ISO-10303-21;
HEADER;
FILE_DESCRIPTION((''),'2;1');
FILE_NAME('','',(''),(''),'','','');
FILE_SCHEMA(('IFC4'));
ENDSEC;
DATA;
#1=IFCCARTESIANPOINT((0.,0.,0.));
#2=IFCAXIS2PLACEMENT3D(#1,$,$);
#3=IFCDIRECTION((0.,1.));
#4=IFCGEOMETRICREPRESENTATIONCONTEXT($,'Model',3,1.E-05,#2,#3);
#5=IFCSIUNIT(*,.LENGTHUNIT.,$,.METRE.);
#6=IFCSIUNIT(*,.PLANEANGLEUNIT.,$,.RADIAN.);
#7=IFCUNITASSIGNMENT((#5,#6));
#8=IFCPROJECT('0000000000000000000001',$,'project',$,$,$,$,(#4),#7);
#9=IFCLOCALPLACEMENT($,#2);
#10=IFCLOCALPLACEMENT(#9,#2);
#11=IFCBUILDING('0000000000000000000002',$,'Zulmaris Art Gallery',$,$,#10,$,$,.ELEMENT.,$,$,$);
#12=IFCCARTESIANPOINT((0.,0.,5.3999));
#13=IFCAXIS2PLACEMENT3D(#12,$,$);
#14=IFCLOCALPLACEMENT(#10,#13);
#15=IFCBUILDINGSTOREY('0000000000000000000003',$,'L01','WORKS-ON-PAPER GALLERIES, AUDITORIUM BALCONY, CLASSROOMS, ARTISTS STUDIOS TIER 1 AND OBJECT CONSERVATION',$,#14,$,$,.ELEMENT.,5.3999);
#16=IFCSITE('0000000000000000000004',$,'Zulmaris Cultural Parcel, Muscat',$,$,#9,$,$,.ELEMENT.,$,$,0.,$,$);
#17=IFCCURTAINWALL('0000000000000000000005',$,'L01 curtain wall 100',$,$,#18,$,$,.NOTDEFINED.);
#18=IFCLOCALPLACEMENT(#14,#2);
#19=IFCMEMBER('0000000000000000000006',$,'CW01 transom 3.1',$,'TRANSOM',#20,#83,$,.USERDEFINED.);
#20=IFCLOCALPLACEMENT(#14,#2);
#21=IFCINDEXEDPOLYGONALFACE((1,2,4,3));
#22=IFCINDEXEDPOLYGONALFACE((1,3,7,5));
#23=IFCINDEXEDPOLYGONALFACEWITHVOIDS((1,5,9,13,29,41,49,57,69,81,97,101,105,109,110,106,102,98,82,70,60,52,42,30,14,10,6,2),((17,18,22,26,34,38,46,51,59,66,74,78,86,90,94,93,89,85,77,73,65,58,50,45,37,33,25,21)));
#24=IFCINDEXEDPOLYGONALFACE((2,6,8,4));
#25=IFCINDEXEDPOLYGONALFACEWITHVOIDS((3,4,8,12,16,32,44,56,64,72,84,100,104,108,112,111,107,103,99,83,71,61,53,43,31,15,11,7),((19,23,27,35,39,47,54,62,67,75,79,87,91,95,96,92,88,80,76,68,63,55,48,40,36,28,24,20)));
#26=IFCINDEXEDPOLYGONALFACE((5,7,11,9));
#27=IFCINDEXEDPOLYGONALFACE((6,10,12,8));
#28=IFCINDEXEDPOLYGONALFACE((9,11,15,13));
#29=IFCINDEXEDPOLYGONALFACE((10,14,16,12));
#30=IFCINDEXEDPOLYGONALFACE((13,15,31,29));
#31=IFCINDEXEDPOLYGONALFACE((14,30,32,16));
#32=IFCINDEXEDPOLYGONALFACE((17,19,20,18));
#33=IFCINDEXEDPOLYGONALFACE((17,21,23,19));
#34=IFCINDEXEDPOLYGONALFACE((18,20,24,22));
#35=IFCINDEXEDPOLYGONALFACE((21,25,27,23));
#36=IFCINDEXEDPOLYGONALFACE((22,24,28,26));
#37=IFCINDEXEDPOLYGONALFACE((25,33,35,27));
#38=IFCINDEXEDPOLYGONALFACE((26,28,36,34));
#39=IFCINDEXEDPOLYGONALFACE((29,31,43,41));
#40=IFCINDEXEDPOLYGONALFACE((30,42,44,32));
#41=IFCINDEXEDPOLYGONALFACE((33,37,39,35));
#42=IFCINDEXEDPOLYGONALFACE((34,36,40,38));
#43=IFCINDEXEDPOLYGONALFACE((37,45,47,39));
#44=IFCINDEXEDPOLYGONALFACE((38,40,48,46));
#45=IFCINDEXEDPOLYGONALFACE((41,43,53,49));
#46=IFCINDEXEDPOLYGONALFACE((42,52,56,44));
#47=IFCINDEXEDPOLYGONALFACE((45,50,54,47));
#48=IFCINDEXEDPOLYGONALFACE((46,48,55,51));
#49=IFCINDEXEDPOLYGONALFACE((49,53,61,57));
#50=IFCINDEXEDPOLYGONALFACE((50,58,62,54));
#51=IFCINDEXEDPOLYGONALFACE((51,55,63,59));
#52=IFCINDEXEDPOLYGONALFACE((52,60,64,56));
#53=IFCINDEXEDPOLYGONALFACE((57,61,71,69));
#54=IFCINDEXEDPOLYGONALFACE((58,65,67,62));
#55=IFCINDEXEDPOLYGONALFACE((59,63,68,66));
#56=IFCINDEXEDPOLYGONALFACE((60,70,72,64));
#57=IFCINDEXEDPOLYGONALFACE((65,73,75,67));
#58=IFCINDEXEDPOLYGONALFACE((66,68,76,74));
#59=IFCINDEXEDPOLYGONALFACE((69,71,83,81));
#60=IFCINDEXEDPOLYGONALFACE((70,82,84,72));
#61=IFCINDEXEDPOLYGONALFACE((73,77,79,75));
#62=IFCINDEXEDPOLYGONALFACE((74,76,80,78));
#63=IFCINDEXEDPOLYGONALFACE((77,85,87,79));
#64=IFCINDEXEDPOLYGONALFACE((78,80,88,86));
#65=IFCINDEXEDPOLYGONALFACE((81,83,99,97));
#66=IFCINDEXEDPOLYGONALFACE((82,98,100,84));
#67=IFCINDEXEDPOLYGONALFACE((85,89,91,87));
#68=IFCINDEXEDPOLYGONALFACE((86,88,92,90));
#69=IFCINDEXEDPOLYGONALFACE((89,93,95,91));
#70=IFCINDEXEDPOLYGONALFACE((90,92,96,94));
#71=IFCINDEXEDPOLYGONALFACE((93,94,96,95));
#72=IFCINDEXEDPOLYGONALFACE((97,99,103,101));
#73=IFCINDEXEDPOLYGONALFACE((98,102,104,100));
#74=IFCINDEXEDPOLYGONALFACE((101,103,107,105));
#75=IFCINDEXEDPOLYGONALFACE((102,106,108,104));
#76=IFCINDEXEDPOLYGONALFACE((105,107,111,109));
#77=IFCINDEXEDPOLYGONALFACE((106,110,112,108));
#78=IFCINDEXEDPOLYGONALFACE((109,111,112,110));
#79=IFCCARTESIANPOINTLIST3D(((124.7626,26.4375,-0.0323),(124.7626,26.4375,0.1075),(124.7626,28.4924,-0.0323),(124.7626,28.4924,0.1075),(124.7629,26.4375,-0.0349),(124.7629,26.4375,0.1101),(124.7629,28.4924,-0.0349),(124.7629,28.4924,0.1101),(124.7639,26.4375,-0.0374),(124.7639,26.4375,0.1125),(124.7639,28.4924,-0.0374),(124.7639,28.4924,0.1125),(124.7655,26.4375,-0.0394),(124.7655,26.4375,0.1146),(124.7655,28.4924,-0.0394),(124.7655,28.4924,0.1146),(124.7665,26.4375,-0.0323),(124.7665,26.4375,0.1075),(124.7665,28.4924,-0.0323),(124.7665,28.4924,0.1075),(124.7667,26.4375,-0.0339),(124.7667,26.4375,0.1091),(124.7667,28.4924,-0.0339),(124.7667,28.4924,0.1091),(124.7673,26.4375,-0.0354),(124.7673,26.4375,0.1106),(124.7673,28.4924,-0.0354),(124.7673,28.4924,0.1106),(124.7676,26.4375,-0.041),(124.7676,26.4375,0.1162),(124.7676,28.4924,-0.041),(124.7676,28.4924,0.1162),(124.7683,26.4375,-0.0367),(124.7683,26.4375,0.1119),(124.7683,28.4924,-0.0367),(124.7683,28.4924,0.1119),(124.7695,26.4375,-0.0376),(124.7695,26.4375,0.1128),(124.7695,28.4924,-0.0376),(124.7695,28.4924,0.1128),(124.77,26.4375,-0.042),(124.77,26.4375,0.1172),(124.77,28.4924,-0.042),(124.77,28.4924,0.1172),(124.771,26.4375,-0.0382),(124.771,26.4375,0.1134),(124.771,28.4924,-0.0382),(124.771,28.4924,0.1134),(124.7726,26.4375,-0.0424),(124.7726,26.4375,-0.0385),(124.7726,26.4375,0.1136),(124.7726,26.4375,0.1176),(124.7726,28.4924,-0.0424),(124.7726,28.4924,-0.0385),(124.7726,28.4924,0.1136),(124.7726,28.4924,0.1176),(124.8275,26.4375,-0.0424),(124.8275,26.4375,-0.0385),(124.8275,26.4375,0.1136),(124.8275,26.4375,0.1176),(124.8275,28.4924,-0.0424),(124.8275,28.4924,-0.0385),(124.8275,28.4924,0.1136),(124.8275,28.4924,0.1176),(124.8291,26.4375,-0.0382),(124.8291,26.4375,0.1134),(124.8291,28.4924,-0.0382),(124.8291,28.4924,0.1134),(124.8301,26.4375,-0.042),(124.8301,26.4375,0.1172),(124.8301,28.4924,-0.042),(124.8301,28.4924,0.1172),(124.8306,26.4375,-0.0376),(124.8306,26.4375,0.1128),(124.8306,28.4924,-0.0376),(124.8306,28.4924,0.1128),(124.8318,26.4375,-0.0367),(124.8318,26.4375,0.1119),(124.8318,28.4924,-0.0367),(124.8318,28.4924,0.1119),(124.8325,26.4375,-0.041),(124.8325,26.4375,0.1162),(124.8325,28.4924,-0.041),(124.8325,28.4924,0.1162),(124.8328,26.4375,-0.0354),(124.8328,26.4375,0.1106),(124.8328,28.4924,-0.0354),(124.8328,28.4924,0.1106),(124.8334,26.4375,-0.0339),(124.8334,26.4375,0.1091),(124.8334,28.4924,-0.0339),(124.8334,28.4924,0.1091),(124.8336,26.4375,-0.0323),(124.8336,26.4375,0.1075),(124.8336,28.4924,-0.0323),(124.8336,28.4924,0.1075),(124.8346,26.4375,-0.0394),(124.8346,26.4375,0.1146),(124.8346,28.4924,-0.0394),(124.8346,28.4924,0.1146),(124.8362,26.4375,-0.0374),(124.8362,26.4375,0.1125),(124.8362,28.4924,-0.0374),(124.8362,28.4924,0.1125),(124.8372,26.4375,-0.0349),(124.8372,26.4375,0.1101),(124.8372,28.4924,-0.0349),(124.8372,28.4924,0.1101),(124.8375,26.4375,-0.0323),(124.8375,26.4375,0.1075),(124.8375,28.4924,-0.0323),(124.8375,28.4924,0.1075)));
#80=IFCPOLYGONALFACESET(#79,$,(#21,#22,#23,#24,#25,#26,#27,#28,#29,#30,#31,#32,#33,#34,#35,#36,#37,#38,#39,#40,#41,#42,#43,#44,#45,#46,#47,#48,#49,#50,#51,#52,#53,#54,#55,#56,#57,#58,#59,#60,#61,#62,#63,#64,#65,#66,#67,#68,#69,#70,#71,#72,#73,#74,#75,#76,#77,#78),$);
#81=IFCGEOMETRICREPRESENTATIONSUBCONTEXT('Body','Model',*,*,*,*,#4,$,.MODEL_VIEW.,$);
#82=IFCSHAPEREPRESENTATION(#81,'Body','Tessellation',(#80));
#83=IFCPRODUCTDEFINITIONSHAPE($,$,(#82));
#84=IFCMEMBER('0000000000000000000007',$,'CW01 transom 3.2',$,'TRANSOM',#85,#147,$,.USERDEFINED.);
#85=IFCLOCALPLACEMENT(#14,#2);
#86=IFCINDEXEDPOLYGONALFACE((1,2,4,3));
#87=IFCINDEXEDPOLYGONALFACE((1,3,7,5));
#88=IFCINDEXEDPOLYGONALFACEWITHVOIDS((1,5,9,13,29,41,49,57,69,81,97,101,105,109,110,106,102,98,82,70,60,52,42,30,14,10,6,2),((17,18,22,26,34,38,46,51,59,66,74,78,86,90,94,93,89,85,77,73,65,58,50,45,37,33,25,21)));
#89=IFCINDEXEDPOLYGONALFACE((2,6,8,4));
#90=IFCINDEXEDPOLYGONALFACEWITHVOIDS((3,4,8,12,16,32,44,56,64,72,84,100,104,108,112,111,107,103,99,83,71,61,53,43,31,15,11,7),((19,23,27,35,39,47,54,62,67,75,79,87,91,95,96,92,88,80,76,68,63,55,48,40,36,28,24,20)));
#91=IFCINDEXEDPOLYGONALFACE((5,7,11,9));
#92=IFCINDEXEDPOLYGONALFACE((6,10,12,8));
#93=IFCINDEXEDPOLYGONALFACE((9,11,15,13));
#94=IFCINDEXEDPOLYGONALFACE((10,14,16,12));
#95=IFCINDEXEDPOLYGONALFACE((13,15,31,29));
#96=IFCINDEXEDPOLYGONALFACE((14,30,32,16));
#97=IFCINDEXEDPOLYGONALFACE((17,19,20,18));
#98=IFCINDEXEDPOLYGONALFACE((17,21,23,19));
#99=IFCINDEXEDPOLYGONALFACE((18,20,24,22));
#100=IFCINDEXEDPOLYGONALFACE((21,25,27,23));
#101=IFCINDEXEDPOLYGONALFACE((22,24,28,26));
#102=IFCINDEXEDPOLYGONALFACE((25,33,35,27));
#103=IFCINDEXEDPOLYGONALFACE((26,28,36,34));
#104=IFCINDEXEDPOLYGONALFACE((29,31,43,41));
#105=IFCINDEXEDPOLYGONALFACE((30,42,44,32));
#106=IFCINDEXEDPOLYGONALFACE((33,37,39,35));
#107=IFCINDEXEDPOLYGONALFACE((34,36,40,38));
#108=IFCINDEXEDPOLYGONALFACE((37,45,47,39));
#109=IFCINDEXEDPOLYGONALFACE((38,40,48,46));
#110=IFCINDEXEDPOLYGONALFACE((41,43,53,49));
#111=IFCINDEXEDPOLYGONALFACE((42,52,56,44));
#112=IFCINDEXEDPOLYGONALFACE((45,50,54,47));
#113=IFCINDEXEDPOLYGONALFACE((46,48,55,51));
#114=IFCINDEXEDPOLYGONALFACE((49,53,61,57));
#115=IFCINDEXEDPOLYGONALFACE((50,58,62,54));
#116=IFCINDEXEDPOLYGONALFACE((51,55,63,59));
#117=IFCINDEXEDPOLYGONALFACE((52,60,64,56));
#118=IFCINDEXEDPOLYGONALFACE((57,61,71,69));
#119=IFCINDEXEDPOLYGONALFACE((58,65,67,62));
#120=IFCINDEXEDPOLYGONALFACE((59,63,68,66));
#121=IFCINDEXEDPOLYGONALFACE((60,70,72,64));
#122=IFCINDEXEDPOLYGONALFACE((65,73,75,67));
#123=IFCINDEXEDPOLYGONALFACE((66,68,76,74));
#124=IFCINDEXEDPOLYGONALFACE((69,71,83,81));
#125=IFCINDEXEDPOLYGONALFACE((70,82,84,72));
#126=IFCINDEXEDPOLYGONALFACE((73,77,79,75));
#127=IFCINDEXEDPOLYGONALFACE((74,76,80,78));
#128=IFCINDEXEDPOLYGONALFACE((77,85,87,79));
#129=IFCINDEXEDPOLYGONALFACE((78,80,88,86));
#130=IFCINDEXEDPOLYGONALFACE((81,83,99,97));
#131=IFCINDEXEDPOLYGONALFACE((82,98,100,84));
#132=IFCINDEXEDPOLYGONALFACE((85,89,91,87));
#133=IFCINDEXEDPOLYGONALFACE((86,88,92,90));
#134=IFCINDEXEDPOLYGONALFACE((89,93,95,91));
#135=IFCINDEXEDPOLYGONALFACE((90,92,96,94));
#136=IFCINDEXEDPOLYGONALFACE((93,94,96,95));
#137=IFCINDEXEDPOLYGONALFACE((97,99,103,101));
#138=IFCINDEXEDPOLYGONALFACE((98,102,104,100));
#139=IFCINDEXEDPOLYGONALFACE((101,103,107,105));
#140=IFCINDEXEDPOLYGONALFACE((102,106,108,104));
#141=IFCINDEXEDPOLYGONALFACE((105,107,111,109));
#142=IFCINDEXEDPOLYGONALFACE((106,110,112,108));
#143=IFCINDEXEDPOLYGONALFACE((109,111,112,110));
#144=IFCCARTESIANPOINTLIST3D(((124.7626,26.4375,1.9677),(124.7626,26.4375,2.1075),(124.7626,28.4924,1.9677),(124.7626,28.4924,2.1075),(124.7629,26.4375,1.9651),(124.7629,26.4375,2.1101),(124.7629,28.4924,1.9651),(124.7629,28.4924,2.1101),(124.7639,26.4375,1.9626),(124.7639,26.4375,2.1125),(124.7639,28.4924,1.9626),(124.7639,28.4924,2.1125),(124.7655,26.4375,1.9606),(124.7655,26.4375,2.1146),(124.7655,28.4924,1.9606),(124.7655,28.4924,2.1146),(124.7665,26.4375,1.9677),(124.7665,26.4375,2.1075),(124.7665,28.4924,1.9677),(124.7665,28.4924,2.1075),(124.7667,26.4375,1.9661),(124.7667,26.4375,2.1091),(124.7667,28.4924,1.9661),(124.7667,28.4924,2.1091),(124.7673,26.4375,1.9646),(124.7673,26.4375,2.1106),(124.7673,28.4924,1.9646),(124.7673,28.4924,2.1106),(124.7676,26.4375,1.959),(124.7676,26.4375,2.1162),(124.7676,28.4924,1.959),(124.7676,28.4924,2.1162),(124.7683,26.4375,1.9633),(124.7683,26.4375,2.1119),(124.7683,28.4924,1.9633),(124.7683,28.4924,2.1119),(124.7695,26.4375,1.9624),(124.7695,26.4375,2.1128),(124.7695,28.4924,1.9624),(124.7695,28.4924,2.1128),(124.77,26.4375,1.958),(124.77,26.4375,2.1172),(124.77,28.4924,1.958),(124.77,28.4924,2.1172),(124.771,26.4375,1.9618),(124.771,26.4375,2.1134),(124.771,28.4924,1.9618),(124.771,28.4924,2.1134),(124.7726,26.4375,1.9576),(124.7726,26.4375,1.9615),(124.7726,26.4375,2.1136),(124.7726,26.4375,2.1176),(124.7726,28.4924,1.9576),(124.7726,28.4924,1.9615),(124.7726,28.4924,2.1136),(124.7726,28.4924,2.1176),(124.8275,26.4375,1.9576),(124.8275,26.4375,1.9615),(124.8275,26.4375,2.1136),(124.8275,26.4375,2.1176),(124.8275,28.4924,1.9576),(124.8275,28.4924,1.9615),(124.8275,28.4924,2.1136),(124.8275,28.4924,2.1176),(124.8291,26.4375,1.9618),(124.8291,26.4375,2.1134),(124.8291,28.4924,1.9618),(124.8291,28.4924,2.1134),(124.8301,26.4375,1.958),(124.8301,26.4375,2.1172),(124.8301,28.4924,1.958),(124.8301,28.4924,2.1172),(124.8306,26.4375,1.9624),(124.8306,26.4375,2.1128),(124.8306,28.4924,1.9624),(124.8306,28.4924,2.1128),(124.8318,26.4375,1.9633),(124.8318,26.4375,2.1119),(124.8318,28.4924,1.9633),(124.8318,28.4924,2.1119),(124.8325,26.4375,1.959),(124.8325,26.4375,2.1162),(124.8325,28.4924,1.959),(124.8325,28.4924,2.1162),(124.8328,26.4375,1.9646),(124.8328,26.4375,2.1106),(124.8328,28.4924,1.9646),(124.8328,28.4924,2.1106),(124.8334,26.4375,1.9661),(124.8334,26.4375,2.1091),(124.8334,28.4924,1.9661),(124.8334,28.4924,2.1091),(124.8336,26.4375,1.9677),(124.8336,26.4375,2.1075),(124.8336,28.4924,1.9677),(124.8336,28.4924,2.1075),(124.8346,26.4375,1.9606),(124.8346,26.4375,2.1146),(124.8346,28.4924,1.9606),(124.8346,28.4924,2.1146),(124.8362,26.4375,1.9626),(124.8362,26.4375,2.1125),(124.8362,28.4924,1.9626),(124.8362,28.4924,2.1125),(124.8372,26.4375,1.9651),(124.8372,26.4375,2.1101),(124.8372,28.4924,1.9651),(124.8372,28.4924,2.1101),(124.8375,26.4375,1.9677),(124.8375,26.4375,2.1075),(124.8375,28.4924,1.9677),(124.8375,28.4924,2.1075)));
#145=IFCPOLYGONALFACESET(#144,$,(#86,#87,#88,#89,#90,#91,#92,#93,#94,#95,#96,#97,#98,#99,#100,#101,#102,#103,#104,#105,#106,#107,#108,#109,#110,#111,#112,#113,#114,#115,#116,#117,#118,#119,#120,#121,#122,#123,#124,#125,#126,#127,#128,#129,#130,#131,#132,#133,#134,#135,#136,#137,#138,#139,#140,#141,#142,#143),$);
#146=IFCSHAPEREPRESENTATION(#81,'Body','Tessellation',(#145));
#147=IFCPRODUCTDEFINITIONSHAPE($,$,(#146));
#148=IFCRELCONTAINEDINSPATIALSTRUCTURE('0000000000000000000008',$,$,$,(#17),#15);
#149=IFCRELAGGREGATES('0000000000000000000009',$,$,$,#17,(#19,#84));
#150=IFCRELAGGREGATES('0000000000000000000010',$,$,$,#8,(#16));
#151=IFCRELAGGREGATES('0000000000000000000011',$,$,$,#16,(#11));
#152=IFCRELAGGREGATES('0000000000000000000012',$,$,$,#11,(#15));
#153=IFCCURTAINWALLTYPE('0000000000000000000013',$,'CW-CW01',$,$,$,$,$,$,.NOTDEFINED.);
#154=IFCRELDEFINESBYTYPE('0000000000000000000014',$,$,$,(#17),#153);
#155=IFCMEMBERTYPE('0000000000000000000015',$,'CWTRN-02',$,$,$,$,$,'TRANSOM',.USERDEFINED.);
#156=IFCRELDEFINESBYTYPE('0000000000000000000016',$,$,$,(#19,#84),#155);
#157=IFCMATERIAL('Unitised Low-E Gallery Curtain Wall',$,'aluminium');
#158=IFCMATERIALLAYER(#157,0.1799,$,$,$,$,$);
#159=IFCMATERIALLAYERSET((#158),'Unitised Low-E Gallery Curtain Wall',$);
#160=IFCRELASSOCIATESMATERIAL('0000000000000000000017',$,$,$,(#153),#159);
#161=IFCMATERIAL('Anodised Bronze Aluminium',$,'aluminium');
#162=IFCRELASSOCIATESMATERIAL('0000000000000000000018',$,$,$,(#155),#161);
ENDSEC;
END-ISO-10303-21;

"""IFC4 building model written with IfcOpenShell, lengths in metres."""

from ifc_helpers import new_model, si_unit, direction, frame, origin, origin_2d, place, context, subcontext, project, spatial, hollow_rectangle, extrude, material, layer, layer_set, material_profile, profile_set, type_object, element, aggregate, save


model = new_model("IFC4")

# Units and contexts
model_context = context("Model", 3, precision=1e-05, world=origin(), true_north=direction((0.0, 1.0)))
body_context = subcontext(model_context, "Body", "Model", "MODEL_VIEW")
ifc_project = project(units=[si_unit("LENGTHUNIT", "METRE"), si_unit("PLANEANGLEUNIT", "RADIAN")], contexts=[model_context])

# Site, building, storey
site_placement = place(None, origin())
site = spatial("IfcSite", under=ifc_project, at=site_placement, Name="Zulmaris Cultural Parcel, Muscat", CompositionType="ELEMENT", RefElevation=0.0)
building_placement = place(site_placement, origin())
building = spatial("IfcBuilding", under=site, at=building_placement, Name="Zulmaris Art Gallery", CompositionType="ELEMENT")
storey_placement = place(building_placement, frame((0.0, 0.0, 5.3999)))
storey = spatial("IfcBuildingStorey", under=building, at=storey_placement, Name="L01", Description="WORKS-ON-PAPER GALLERIES, AUDITORIUM BALCONY, CLASSROOMS, ARTISTS STUDIOS TIER 1 AND OBJECT CONSERVATION", CompositionType="ELEMENT", Elevation=5.3999)

# Curtain wall, members
ifc_material_1 = material(Name="Unitised Low-E Gallery Curtain Wall", Category="aluminium")
ifc_layer_1 = layer(ifc_material_1, 0.1799)
ifc_layer_set_1 = layer_set([ifc_layer_1], Name="Unitised Low-E Gallery Curtain Wall")
curtain_wall_type = type_object("IfcCurtainWallType", Name="CW-CW01", PredefinedType="NOTDEFINED", material=ifc_layer_set_1)
curtain_wall_placement = place(storey_placement, origin())
curtain_wall = element("IfcCurtainWall", 1, at=curtain_wall_placement, inside=storey, type_object=curtain_wall_type, Name="L01 curtain wall 100", PredefinedType="NOTDEFINED")
ifc_material_2 = material(Name="Anodised Bronze Aluminium", Category="aluminium")
ifc_material_profile_1 = material_profile(ifc_material_2, hollow_rectangle(XDim=0.075, YDim=0.1599, WallThickness=0.0039, InnerFilletRadius=0.0061, OuterFilletRadius=0.01, at=origin_2d()), Name="ALU 75x160x4")
ifc_profile_set_1 = profile_set([ifc_material_profile_1], Name="Anodised Bronze Aluminium")
member_type_1 = type_object("IfcMemberType", Name="CWTRN-02", ElementType="TRANSOM", PredefinedType="USERDEFINED", material=ifc_profile_set_1)
member_1_placement = place(storey_placement, frame((124.8, 26.4375, 0.0376), z_axis=(0.0, 1.0, 0.0), x_axis=(-1.0, 0.0, 0.0)))
member_1 = element("IfcMember", 2, at=member_1_placement, type_object=member_type_1, Name="CW01 transom 3.1", ObjectType="TRANSOM", PredefinedType="USERDEFINED", context=body_context, shape_type="SweptSolid", body=[
    extrude(hollow_rectangle(XDim=0.075, YDim=0.1599, WallThickness=0.0039, InnerFilletRadius=0.0061, OuterFilletRadius=0.01, at=origin_2d()), origin(), (0.0, 0.0, 1.0), 2.0549),
])
member_2_placement = place(storey_placement, frame((124.8, 26.4375, 2.0376), z_axis=(0.0, 1.0, 0.0), x_axis=(-1.0, 0.0, 0.0)))
member_2 = element("IfcMember", 3, at=member_2_placement, type_object=member_type_1, Name="CW01 transom 3.2", ObjectType="TRANSOM", PredefinedType="USERDEFINED", context=body_context, shape_type="SweptSolid", body=[
    extrude(hollow_rectangle(XDim=0.075, YDim=0.1599, WallThickness=0.0039, InnerFilletRadius=0.0061, OuterFilletRadius=0.01, at=origin_2d()), origin(), (0.0, 0.0, 1.0), 2.0549),
])
aggregate(curtain_wall, [member_1, member_2])

save(model, "model.ifc")
